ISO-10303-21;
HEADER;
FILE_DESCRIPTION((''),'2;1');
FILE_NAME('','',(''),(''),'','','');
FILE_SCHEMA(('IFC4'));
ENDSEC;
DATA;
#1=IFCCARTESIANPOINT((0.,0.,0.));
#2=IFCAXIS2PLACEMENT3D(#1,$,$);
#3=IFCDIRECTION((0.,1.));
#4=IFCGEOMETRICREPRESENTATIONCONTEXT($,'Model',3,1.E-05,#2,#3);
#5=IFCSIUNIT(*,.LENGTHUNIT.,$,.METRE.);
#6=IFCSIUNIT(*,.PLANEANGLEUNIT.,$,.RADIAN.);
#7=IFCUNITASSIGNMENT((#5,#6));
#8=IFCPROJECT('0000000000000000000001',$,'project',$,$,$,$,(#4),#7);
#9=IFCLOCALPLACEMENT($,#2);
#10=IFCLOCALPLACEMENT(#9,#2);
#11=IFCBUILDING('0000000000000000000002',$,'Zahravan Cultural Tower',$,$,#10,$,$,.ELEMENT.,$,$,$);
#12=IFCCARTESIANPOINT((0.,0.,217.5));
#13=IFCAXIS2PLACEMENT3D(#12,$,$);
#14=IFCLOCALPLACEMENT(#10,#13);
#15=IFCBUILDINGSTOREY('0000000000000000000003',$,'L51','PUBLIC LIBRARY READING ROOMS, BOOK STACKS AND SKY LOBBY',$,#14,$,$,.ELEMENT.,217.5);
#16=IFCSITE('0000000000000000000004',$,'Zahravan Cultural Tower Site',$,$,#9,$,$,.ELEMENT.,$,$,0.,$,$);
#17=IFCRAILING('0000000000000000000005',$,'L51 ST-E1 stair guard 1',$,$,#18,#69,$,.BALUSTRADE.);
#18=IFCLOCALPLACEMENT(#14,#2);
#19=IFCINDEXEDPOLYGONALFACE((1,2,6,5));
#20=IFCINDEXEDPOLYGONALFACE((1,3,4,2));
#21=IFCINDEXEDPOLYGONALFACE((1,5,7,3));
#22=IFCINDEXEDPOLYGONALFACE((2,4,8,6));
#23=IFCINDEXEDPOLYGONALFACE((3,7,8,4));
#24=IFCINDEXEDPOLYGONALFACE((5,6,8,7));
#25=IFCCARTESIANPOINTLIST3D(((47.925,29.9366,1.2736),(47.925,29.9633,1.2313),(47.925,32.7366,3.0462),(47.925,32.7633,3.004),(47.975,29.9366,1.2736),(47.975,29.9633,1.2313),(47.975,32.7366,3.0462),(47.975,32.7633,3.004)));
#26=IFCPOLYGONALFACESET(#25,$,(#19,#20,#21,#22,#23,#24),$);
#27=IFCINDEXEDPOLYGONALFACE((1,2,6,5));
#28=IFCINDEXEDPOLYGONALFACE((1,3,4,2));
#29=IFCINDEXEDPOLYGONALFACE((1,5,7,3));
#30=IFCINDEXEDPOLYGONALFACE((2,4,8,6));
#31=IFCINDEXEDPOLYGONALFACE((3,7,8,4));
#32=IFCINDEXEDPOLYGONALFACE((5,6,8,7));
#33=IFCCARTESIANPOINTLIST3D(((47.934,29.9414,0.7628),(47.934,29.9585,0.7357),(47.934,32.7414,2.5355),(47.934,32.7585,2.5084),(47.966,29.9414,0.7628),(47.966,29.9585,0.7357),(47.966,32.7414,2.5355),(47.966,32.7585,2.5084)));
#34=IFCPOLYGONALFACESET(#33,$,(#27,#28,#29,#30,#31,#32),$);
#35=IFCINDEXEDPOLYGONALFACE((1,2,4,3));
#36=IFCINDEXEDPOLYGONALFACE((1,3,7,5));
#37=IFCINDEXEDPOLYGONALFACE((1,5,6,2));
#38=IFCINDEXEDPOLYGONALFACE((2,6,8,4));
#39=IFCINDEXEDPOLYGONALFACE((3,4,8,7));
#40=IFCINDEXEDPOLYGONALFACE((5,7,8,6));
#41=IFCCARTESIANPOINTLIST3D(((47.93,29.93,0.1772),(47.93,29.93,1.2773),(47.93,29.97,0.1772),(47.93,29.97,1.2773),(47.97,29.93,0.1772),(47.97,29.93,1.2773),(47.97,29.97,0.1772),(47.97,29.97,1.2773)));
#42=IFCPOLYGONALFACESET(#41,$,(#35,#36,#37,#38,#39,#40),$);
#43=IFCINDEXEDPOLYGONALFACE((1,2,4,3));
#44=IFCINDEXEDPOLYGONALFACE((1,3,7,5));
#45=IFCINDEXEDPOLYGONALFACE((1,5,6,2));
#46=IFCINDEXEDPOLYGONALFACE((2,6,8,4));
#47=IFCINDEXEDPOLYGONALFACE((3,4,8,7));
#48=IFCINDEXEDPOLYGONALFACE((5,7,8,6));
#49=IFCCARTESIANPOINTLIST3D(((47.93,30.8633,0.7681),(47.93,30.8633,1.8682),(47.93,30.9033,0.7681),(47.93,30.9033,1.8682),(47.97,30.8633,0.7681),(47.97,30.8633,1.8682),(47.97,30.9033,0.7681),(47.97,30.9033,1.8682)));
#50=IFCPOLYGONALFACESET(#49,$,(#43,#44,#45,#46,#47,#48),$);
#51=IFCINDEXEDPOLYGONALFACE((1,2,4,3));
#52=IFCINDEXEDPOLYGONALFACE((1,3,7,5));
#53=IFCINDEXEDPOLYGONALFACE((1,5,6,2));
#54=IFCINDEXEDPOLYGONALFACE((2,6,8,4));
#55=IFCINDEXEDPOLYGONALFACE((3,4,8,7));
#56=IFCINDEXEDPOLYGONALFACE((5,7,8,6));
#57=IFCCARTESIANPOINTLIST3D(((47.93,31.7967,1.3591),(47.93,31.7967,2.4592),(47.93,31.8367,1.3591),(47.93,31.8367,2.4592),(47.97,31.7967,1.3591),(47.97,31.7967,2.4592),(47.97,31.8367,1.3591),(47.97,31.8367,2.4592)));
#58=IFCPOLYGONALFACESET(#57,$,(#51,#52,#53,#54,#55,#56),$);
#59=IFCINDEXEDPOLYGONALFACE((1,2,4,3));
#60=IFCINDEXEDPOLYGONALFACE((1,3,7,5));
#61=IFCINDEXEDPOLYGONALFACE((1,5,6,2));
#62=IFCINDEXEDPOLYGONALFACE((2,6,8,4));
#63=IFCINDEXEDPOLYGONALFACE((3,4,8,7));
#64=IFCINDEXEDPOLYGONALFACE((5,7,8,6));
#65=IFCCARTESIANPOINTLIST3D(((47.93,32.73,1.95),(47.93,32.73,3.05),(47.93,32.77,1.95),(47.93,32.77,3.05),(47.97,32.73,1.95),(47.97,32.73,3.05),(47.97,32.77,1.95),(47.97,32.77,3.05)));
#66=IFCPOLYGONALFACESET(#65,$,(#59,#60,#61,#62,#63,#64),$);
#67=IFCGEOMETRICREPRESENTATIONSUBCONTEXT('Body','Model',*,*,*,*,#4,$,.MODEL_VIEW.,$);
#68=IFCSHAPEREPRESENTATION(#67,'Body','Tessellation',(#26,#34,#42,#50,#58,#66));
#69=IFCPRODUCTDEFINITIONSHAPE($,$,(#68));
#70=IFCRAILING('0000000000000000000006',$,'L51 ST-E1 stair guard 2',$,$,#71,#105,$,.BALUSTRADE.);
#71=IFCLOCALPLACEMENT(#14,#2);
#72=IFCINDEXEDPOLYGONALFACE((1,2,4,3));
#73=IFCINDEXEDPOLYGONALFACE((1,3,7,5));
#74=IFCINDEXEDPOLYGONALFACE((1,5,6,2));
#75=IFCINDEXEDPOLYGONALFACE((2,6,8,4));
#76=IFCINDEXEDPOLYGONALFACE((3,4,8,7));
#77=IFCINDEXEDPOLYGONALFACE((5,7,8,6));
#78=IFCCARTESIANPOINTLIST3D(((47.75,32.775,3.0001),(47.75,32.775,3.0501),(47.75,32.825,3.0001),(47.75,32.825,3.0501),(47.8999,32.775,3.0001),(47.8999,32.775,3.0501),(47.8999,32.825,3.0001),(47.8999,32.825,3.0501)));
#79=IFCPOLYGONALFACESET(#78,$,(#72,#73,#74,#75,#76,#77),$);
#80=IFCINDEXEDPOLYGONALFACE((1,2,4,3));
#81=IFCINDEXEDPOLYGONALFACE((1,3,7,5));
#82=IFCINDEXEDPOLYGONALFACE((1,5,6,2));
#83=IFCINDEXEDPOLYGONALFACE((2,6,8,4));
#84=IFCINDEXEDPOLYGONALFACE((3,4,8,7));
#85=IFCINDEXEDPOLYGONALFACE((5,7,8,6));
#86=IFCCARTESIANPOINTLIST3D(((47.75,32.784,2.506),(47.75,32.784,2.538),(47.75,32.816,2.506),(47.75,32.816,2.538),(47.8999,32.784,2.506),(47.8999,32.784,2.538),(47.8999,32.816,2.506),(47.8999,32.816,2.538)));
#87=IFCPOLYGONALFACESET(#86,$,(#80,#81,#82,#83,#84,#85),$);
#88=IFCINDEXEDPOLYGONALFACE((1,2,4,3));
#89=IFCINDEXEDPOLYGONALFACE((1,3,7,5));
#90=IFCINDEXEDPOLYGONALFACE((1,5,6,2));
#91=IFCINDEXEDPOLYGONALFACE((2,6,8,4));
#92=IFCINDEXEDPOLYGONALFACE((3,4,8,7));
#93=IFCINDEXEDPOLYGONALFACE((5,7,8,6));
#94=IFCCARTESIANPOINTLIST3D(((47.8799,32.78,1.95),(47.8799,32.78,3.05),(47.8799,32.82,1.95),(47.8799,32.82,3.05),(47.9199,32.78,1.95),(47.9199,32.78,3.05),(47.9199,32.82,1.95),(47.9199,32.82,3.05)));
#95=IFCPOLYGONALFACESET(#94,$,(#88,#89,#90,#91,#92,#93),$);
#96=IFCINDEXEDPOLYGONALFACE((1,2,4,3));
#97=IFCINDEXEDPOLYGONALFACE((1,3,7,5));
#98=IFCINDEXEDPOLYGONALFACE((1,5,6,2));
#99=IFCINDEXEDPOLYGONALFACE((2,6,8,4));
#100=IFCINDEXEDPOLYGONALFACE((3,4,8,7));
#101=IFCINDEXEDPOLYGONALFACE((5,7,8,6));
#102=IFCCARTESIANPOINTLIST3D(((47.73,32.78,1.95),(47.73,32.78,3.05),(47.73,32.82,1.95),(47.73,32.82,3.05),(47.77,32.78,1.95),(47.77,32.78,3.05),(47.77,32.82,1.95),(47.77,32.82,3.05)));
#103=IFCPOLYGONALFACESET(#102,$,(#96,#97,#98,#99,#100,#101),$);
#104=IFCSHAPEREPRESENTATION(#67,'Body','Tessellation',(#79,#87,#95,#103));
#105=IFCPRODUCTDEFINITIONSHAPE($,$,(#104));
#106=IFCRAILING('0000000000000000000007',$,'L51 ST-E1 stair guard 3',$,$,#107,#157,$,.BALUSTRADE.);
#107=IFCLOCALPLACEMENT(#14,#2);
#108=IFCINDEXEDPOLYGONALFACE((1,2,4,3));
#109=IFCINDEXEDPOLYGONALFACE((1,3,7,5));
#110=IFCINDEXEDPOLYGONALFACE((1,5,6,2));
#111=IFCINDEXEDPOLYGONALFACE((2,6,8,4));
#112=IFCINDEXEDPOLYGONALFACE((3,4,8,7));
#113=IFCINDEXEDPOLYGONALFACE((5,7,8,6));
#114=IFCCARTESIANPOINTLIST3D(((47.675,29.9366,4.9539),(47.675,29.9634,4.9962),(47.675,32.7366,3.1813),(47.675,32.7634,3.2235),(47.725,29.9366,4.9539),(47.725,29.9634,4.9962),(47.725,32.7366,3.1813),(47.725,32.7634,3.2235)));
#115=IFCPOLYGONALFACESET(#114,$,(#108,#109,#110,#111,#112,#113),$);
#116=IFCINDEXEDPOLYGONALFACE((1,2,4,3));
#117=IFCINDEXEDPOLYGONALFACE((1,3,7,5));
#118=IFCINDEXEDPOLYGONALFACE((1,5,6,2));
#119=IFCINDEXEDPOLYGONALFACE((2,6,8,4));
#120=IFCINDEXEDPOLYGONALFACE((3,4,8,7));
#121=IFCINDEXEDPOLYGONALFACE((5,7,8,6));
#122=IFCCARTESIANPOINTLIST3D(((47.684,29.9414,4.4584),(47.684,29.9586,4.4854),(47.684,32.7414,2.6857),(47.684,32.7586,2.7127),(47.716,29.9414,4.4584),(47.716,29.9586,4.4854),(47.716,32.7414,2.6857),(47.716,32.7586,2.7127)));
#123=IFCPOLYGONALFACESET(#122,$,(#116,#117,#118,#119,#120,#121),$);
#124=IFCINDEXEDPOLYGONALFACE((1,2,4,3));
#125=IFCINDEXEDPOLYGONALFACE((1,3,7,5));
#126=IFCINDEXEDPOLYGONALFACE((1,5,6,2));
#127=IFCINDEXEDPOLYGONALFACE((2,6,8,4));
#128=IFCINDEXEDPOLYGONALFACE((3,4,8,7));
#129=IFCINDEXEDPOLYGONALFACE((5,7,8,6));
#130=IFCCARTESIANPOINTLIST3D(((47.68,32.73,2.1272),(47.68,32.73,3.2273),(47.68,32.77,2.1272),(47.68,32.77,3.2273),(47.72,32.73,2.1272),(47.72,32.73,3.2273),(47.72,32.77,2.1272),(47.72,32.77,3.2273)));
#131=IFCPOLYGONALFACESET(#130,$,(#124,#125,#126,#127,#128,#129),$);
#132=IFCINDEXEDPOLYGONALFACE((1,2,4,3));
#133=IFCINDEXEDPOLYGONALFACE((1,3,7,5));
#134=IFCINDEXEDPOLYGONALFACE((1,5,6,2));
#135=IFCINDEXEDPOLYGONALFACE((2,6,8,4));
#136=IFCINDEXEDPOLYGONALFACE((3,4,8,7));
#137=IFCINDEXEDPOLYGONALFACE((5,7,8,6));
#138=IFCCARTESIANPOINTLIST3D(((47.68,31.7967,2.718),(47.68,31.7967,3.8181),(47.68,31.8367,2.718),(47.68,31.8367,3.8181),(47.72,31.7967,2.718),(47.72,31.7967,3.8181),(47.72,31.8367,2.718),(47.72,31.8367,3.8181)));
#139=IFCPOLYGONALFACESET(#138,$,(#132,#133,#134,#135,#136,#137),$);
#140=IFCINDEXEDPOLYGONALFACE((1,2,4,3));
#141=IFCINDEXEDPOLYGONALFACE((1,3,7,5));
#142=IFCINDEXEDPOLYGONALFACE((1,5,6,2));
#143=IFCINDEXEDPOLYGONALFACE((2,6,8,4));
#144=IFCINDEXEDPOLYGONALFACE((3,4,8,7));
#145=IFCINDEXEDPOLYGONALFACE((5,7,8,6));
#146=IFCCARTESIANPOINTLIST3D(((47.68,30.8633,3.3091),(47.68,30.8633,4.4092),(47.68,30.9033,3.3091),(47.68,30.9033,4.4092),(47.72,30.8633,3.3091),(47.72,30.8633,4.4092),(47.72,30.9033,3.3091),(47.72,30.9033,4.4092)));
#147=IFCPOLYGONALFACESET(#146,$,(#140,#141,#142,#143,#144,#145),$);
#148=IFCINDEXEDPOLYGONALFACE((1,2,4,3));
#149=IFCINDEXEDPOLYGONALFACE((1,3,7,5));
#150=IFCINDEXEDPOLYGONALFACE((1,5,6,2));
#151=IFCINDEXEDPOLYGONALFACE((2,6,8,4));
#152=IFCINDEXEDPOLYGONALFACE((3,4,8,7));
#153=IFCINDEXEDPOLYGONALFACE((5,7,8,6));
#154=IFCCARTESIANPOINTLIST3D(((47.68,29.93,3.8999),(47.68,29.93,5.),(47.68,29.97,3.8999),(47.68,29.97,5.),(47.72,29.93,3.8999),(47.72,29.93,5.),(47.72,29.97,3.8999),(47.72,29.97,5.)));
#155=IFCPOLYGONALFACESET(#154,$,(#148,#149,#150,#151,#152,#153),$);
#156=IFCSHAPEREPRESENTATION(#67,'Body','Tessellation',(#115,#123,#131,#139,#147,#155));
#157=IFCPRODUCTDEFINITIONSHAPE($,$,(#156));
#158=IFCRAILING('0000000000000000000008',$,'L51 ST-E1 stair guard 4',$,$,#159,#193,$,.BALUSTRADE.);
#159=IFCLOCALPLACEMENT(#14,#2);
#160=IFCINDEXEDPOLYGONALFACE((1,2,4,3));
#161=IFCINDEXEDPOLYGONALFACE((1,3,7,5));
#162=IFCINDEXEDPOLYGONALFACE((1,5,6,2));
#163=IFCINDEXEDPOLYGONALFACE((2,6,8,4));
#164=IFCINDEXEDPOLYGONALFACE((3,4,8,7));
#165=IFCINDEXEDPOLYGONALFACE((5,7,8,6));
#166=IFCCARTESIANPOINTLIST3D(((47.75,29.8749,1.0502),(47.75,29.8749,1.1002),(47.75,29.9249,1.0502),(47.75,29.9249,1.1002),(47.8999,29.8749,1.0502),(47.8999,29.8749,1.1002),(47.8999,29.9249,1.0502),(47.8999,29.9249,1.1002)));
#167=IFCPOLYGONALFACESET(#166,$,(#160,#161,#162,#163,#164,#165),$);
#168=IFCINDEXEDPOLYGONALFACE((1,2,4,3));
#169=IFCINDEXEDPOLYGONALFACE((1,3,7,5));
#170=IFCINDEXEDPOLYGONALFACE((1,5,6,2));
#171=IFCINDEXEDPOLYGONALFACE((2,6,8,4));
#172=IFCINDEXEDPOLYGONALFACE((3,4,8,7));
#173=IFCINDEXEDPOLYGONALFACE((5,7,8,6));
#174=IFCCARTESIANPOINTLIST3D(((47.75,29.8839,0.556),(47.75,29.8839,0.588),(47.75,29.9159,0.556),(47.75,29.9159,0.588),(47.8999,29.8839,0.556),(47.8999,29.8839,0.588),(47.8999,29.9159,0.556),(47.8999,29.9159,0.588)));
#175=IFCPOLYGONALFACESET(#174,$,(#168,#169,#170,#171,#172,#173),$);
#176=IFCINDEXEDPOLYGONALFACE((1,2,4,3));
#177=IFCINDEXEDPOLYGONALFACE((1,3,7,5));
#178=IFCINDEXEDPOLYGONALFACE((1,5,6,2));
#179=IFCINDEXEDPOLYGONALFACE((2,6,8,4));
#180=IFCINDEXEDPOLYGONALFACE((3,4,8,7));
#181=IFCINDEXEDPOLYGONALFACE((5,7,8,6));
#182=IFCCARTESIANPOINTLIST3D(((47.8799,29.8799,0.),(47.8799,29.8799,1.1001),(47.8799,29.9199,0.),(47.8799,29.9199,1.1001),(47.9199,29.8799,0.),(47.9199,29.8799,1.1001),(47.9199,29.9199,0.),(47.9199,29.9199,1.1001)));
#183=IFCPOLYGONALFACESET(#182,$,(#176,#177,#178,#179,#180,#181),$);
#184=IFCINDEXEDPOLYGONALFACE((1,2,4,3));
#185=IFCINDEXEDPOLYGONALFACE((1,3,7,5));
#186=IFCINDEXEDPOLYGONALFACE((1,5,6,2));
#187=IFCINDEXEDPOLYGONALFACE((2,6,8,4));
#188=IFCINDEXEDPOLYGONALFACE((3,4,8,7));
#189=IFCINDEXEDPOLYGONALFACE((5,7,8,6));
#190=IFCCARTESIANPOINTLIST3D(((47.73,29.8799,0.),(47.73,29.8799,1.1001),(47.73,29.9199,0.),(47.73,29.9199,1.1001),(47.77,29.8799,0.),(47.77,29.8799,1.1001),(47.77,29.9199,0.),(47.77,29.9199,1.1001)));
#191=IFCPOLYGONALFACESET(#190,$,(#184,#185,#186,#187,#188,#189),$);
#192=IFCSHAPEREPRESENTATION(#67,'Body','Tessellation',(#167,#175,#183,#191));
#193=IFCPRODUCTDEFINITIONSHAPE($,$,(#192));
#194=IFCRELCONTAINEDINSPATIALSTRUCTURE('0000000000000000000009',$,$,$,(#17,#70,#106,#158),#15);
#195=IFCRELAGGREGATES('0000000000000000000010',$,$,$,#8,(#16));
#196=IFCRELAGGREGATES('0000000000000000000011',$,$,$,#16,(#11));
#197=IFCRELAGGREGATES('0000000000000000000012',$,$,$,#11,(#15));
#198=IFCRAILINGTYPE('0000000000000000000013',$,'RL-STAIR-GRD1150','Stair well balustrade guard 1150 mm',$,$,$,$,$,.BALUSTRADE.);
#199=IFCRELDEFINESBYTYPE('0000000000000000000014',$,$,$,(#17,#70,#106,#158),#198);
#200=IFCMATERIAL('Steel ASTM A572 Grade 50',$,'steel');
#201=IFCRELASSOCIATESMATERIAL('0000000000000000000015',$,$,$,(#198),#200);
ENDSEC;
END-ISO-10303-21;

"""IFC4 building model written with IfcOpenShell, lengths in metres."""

from ifc_helpers import new_model, si_unit, direction, frame, origin, origin_2d, place, context, subcontext, project, spatial, rectangle, extrude, material, type_object, element, save


model = new_model("IFC4")

# Units and contexts
model_context = context("Model", 3, precision=1e-05, world=origin(), true_north=direction((0.0, 1.0)))
body_context = subcontext(model_context, "Body", "Model", "MODEL_VIEW")
ifc_project = project(units=[si_unit("LENGTHUNIT", "METRE"), si_unit("PLANEANGLEUNIT", "RADIAN")], contexts=[model_context])

# Site, building, storey
site_placement = place(None, origin())
site = spatial("IfcSite", under=ifc_project, at=site_placement, Name="Zahravan Cultural Tower Site", CompositionType="ELEMENT", RefElevation=0.0)
building_placement = place(site_placement, origin())
building = spatial("IfcBuilding", under=site, at=building_placement, Name="Zahravan Cultural Tower", CompositionType="ELEMENT")
storey_placement = place(building_placement, frame((0.0, 0.0, 217.5)))
storey = spatial("IfcBuildingStorey", under=building, at=storey_placement, Name="L51", Description="PUBLIC LIBRARY READING ROOMS, BOOK STACKS AND SKY LOBBY", CompositionType="ELEMENT", Elevation=217.5)

# Railings
ifc_material_1 = material(Name="Steel ASTM A572 Grade 50", Category="steel")
railing_type_1 = type_object("IfcRailingType", Name="RL-STAIR-GRD1150", Description="Stair well balustrade guard 1150 mm", PredefinedType="BALUSTRADE", material=ifc_material_1)
railing_1_placement = place(storey_placement, frame((47.95, 29.95, 0.1772)))
element("IfcRailing", 1, at=railing_1_placement, inside=storey, type_object=railing_type_1, Name="L51 ST-E1 stair guard 1", PredefinedType="BALUSTRADE", context=body_context, shape_type="SweptSolid", body=[
    extrude(rectangle(XDim=0.05, YDim=0.05, at=origin_2d()), frame((0.0, 0.0, 1.0752), z_axis=(0.0, 0.844909, 0.53491), x_axis=(-1.0, 0.0, 0.0)), (0.0, 0.0, 1.0), 3.314),
    extrude(rectangle(XDim=0.032, YDim=0.032, at=origin_2d()), frame((0.0, 0.0, 0.572), z_axis=(0.0, 0.844909, 0.53491), x_axis=(-1.0, 0.0, 0.0)), (0.0, 0.0, 1.0), 3.314),
    extrude(rectangle(XDim=0.04, YDim=0.04, at=origin_2d()), origin(), (0.0, 0.0, 1.0), 1.1001),
    extrude(rectangle(XDim=0.04, YDim=0.04, at=origin_2d()), frame((0.0, 0.9333, 0.5908)), (0.0, 0.0, 1.0), 1.1001),
    extrude(rectangle(XDim=0.04, YDim=0.04, at=origin_2d()), frame((0.0, 1.8667, 1.1819)), (0.0, 0.0, 1.0), 1.1001),
    extrude(rectangle(XDim=0.04, YDim=0.04, at=origin_2d()), frame((0.0, 2.8, 1.7727)), (0.0, 0.0, 1.0), 1.1001),
])
railing_2_placement = place(storey_placement, frame((47.8999, 32.8, 1.95)))
element("IfcRailing", 2, at=railing_2_placement, inside=storey, type_object=railing_type_1, Name="L51 ST-E1 stair guard 2", PredefinedType="BALUSTRADE", context=body_context, shape_type="SweptSolid", body=[
    extrude(rectangle(XDim=0.05, YDim=0.05, at=origin_2d()), frame((0.0, 0.0, 1.0752), z_axis=(-1.0, 0.0, 0.0), x_axis=(0.0, -1.0, 0.0)), (0.0, 0.0, 1.0), 0.1499),
    extrude(rectangle(XDim=0.032, YDim=0.032, at=origin_2d()), frame((0.0, 0.0, 0.572), z_axis=(-1.0, 0.0, 0.0), x_axis=(0.0, -1.0, 0.0)), (0.0, 0.0, 1.0), 0.1499),
    extrude(rectangle(XDim=0.04, YDim=0.04, at=origin_2d()), origin(), (0.0, 0.0, 1.0), 1.1001),
    extrude(rectangle(XDim=0.04, YDim=0.04, at=origin_2d()), frame((-0.1499, 0.0, 0.0)), (0.0, 0.0, 1.0), 1.1001),
])
railing_3_placement = place(storey_placement, frame((47.7, 32.75, 2.1272)))
element("IfcRailing", 3, at=railing_3_placement, inside=storey, type_object=railing_type_1, Name="L51 ST-E1 stair guard 3", PredefinedType="BALUSTRADE", context=body_context, shape_type="SweptSolid", body=[
    extrude(rectangle(XDim=0.05, YDim=0.05, at=origin_2d()), frame((0.0, 0.0, 1.0752), z_axis=(0.0, -0.844909, 0.53491), x_axis=(1.0, 0.0, 0.0)), (0.0, 0.0, 1.0), 3.314),
    extrude(rectangle(XDim=0.032, YDim=0.032, at=origin_2d()), frame((0.0, 0.0, 0.572), z_axis=(0.0, -0.844909, 0.53491), x_axis=(1.0, 0.0, 0.0)), (0.0, 0.0, 1.0), 3.314),
    extrude(rectangle(XDim=0.04, YDim=0.04, at=origin_2d()), origin(), (0.0, 0.0, 1.0), 1.1001),
    extrude(rectangle(XDim=0.04, YDim=0.04, at=origin_2d()), frame((0.0, -0.9333, 0.5908)), (0.0, 0.0, 1.0), 1.1001),
    extrude(rectangle(XDim=0.04, YDim=0.04, at=origin_2d()), frame((0.0, -1.8667, 1.1819)), (0.0, 0.0, 1.0), 1.1001),
    extrude(rectangle(XDim=0.04, YDim=0.04, at=origin_2d()), frame((0.0, -2.8, 1.7727)), (0.0, 0.0, 1.0), 1.1001),
])
railing_4_placement = place(storey_placement, frame((47.8999, 29.8999, 0.0)))
element("IfcRailing", 4, at=railing_4_placement, inside=storey, type_object=railing_type_1, Name="L51 ST-E1 stair guard 4", PredefinedType="BALUSTRADE", context=body_context, shape_type="SweptSolid", body=[
    extrude(rectangle(XDim=0.05, YDim=0.05, at=origin_2d()), frame((0.0, 0.0, 1.0752), z_axis=(-1.0, 0.0, 0.0), x_axis=(0.0, -1.0, 0.0)), (0.0, 0.0, 1.0), 0.1499),
    extrude(rectangle(XDim=0.032, YDim=0.032, at=origin_2d()), frame((0.0, 0.0, 0.572), z_axis=(-1.0, 0.0, 0.0), x_axis=(0.0, -1.0, 0.0)), (0.0, 0.0, 1.0), 0.1499),
    extrude(rectangle(XDim=0.04, YDim=0.04, at=origin_2d()), origin(), (0.0, 0.0, 1.0), 1.1001),
    extrude(rectangle(XDim=0.04, YDim=0.04, at=origin_2d()), frame((-0.1499, 0.0, 0.0)), (0.0, 0.0, 1.0), 1.1001),
])

save(model, "model.ifc")
